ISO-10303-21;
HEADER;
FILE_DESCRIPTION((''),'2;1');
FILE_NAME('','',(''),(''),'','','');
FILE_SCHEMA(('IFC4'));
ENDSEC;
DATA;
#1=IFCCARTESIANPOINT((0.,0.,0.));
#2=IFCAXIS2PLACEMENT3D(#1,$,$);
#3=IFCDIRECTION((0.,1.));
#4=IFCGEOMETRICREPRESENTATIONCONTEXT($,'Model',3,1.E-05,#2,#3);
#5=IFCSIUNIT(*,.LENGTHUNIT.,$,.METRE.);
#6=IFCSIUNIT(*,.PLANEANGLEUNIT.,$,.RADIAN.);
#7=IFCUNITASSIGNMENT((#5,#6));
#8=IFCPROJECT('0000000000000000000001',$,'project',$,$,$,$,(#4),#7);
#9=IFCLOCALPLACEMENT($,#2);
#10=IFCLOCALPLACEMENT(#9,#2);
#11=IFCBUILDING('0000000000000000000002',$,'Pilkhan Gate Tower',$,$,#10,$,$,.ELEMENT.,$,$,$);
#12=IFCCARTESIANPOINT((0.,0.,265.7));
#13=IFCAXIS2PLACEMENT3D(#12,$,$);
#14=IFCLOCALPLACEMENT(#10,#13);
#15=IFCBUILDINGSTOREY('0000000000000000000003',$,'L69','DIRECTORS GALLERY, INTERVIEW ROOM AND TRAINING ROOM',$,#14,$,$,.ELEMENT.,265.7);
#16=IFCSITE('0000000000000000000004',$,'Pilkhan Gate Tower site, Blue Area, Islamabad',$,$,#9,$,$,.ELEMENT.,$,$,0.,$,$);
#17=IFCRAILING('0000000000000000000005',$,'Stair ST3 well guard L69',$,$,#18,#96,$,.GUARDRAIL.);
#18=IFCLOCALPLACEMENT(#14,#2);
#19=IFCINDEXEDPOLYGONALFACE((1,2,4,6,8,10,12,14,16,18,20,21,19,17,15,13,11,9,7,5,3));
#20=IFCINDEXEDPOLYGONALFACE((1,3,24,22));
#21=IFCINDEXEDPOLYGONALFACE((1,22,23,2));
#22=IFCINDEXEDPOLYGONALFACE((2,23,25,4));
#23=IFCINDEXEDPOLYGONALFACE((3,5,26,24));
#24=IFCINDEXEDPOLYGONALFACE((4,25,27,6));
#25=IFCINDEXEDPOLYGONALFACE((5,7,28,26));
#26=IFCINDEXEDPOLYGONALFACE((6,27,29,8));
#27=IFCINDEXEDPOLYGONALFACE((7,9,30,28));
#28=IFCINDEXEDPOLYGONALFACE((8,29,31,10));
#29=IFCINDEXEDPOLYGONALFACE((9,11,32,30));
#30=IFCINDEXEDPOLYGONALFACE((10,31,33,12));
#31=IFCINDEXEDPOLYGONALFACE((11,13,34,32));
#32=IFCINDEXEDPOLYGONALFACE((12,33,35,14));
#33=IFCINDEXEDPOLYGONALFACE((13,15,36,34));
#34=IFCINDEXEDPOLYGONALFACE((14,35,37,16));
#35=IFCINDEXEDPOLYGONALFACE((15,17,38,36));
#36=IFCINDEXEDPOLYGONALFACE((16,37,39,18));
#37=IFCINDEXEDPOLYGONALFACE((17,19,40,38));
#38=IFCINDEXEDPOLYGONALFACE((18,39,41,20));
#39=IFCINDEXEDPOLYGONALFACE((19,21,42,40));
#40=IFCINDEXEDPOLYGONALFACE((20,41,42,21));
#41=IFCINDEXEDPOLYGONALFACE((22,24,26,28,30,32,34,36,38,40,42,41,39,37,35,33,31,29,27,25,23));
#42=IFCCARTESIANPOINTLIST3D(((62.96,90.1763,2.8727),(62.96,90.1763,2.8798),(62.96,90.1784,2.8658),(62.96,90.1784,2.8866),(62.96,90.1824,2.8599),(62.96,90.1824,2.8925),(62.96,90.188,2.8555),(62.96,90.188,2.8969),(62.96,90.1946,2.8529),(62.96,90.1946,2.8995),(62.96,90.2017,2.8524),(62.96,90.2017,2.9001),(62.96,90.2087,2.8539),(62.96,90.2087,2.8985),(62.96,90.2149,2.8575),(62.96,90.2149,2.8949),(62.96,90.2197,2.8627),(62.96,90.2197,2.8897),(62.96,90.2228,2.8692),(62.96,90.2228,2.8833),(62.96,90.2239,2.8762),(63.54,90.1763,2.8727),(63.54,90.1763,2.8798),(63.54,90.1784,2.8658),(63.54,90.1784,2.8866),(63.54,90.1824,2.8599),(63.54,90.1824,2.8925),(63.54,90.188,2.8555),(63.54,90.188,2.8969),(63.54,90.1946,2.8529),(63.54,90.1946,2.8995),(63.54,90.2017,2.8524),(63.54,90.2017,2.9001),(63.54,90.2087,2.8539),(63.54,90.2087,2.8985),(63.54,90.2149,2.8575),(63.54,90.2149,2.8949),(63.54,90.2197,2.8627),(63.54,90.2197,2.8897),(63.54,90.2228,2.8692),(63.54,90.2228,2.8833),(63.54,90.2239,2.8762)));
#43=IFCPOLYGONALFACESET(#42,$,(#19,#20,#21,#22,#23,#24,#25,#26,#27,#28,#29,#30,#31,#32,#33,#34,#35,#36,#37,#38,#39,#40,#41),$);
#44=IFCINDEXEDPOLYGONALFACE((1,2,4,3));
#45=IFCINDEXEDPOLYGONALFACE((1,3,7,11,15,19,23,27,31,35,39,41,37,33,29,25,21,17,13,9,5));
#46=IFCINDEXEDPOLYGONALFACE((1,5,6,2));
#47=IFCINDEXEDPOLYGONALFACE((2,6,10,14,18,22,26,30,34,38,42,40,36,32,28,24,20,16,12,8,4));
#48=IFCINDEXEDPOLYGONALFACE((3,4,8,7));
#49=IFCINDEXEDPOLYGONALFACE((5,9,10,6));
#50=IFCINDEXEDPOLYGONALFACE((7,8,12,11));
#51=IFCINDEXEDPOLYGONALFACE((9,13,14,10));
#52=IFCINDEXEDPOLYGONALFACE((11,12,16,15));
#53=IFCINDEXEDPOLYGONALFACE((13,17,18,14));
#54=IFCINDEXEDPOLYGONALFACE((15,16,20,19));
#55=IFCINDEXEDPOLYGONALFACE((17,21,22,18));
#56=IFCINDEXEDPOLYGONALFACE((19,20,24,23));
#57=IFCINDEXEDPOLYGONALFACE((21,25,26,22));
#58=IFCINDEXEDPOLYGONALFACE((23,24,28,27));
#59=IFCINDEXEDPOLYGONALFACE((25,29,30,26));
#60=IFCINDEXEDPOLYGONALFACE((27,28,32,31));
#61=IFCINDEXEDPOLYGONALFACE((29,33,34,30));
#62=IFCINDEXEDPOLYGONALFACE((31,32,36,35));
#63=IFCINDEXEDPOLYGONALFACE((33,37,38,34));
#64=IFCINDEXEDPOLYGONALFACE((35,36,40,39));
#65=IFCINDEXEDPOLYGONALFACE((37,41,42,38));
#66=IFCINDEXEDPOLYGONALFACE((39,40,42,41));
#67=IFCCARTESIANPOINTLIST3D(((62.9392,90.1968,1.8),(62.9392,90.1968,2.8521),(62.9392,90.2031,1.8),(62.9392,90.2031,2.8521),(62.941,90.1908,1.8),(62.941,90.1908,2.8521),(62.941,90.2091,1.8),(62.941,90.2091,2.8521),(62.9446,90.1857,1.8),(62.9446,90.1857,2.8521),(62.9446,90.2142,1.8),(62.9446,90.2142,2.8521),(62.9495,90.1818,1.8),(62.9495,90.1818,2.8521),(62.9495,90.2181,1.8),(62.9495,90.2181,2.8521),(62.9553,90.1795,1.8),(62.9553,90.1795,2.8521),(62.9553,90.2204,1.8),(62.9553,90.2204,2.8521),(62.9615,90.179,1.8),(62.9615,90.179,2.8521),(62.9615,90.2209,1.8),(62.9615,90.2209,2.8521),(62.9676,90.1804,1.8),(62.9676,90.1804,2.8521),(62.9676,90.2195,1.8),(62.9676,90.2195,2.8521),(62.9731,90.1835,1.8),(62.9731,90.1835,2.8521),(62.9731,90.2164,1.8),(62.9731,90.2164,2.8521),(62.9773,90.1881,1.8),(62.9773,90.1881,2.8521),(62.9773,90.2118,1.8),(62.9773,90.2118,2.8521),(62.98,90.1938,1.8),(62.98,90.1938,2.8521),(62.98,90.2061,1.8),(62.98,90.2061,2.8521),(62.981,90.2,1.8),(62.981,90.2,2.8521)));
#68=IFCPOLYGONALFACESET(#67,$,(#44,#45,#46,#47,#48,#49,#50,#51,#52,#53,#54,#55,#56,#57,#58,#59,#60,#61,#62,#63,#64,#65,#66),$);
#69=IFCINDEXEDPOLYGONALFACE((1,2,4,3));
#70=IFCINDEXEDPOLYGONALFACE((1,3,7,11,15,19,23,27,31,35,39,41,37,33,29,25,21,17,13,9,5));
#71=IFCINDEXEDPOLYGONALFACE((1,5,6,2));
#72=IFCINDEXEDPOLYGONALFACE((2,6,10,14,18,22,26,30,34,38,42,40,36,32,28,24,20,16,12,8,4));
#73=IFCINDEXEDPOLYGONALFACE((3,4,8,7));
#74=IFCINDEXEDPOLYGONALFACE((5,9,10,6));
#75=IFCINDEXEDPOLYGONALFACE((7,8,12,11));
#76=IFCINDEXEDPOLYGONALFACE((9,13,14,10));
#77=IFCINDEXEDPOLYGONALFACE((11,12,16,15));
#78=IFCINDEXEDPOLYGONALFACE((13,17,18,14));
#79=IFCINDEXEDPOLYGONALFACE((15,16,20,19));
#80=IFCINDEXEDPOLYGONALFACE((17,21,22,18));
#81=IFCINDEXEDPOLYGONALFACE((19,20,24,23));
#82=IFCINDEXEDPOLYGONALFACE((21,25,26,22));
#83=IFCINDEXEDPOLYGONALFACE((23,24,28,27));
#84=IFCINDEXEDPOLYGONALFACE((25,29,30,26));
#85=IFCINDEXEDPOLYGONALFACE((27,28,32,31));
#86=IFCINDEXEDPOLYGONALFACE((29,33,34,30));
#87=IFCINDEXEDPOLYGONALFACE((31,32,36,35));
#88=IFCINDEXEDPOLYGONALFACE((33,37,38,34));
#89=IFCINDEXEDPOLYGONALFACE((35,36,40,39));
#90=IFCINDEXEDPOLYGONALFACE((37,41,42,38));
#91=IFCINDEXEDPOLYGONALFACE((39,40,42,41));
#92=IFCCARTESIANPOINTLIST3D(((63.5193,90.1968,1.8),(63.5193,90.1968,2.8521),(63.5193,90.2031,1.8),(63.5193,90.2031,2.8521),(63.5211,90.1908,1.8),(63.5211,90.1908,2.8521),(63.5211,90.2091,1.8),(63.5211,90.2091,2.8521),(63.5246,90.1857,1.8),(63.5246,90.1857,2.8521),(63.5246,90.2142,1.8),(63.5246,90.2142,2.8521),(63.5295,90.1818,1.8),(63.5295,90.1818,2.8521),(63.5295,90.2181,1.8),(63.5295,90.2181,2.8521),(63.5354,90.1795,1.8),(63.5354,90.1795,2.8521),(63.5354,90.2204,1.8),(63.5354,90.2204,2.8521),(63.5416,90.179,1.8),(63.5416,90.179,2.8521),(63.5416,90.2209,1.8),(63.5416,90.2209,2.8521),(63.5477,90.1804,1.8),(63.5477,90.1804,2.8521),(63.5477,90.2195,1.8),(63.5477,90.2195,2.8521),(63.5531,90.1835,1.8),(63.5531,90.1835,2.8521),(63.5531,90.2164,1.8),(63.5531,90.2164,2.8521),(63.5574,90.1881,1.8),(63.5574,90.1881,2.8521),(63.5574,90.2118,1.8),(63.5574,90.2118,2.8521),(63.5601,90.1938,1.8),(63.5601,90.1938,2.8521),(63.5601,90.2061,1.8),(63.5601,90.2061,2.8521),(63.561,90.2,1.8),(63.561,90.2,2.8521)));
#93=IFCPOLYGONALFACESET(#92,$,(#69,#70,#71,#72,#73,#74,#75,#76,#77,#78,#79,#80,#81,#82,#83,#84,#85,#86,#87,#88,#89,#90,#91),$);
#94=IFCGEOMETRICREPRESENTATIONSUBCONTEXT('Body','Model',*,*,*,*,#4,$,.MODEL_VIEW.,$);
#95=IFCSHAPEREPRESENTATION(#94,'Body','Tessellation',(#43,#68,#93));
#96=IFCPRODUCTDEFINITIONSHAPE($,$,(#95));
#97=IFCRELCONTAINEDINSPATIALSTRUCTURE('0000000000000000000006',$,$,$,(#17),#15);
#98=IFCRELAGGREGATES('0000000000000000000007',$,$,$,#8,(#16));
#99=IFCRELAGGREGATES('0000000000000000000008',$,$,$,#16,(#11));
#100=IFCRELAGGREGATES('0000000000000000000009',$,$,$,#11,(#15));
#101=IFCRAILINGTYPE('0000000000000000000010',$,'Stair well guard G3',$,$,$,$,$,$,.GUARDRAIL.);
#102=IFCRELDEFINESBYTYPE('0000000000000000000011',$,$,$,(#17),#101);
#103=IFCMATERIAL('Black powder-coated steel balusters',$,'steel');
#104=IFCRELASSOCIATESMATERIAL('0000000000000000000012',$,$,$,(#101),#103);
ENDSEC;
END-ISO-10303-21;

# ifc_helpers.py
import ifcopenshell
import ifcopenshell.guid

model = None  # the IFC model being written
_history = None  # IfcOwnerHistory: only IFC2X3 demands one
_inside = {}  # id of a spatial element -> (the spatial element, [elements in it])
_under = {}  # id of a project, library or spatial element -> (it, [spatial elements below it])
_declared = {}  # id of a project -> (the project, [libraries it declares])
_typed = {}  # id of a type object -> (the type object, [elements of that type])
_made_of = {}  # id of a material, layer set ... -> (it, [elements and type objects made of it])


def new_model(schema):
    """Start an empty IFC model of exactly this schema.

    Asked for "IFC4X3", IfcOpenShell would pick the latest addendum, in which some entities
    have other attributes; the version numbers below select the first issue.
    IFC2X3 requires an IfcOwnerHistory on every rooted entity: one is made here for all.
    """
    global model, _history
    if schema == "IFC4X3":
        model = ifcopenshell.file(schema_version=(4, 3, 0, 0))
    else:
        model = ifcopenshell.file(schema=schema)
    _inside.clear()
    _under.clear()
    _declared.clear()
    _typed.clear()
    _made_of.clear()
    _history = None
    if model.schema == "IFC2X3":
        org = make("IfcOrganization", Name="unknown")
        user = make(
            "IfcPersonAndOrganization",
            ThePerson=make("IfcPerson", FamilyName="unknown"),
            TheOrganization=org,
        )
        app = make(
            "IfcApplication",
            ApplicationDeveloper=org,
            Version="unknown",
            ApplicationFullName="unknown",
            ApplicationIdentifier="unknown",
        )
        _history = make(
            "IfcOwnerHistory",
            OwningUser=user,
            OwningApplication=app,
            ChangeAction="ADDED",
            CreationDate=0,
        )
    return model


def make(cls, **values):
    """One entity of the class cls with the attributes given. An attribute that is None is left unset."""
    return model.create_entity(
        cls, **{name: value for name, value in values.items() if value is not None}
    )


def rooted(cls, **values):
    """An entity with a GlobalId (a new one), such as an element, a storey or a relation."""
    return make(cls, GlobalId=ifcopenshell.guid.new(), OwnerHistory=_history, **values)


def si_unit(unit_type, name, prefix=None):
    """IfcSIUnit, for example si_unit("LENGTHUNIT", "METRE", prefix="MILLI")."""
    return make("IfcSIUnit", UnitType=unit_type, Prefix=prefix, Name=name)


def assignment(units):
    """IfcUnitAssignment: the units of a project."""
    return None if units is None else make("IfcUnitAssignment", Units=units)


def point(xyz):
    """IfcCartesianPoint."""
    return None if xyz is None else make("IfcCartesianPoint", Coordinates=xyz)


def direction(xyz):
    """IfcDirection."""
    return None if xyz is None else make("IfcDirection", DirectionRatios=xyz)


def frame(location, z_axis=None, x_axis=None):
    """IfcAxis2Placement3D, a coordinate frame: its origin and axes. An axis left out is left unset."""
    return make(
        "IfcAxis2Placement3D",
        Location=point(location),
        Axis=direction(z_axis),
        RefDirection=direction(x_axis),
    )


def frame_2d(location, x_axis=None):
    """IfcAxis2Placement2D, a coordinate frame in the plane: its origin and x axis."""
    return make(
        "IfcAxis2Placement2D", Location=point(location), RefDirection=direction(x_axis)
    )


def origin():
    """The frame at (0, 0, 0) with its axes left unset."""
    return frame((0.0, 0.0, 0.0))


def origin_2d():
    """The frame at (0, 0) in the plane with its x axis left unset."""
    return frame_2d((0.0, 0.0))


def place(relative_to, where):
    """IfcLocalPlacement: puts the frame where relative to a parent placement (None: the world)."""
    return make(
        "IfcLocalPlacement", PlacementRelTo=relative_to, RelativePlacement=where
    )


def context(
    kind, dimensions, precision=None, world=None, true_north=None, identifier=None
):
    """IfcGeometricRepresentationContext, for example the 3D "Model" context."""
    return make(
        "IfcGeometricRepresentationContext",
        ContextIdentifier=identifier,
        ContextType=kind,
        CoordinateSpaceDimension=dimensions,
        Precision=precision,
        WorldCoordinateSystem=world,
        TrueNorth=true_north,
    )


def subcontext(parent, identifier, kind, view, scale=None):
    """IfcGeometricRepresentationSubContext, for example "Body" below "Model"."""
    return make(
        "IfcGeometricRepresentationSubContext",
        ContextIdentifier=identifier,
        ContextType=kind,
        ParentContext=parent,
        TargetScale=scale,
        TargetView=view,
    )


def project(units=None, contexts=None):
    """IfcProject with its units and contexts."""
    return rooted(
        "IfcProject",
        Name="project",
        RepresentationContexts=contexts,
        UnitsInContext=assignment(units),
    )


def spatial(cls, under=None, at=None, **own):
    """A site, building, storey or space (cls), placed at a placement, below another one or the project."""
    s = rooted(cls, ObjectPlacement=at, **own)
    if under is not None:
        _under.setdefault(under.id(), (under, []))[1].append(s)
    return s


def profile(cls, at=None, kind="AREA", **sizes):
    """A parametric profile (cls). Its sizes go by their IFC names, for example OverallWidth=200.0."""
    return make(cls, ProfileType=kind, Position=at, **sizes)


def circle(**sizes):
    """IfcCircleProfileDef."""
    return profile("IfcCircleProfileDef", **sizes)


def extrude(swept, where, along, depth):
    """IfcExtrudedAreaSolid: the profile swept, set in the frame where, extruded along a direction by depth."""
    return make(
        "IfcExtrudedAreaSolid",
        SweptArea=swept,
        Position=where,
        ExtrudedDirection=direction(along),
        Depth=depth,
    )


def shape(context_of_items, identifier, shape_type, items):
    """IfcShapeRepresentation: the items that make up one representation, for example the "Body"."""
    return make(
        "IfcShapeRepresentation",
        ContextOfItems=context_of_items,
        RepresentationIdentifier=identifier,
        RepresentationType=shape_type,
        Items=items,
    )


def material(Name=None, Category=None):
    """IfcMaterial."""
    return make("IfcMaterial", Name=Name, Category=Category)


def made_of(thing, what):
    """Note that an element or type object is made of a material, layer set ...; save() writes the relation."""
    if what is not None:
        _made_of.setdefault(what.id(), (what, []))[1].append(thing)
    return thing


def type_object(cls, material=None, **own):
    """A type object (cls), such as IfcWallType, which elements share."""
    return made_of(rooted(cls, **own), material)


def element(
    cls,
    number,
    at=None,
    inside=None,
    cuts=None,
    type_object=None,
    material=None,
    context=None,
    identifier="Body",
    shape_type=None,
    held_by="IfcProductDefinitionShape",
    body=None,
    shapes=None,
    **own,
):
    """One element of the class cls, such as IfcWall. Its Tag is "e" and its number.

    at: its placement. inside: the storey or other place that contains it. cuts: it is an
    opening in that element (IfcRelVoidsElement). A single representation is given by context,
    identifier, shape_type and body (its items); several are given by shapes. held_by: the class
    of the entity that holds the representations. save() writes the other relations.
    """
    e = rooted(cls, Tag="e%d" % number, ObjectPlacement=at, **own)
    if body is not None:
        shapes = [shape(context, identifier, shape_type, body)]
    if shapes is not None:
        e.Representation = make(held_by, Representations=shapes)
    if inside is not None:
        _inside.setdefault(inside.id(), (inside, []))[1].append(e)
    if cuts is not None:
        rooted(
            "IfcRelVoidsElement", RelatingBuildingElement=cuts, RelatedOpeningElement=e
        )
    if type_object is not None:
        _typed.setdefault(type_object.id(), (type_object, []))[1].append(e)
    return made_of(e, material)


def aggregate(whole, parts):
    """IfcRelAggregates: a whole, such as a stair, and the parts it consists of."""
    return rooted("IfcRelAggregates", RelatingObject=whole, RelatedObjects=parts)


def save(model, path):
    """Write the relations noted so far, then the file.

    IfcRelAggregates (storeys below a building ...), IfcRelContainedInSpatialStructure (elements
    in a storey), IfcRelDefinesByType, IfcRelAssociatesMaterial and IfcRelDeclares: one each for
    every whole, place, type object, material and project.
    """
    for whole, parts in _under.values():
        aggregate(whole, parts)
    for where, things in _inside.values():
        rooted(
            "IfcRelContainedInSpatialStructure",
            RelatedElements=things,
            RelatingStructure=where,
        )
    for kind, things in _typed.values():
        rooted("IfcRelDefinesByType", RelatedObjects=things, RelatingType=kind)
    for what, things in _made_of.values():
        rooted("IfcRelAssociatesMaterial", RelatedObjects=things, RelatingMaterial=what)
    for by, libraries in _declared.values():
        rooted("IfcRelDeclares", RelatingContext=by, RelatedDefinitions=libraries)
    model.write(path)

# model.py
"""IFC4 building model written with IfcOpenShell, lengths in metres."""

from ifc_helpers import new_model, si_unit, direction, frame, origin, origin_2d, place, context, subcontext, project, spatial, circle, extrude, material, type_object, element, save


model = new_model("IFC4")

# Units and contexts
model_context = context("Model", 3, precision=1e-05, world=origin(), true_north=direction((0.0, 1.0)))
body_context = subcontext(model_context, "Body", "Model", "MODEL_VIEW")
ifc_project = project(units=[si_unit("LENGTHUNIT", "METRE"), si_unit("PLANEANGLEUNIT", "RADIAN")], contexts=[model_context])

# Site, building, storey
site_placement = place(None, origin())
site = spatial("IfcSite", under=ifc_project, at=site_placement, Name="Pilkhan Gate Tower site, Blue Area, Islamabad", CompositionType="ELEMENT", RefElevation=0.0)
building_placement = place(site_placement, origin())
building = spatial("IfcBuilding", under=site, at=building_placement, Name="Pilkhan Gate Tower", CompositionType="ELEMENT")
storey_placement = place(building_placement, frame((0.0, 0.0, 265.7)))
storey = spatial("IfcBuildingStorey", under=building, at=storey_placement, Name="L69", Description="DIRECTORS GALLERY, INTERVIEW ROOM AND TRAINING ROOM", CompositionType="ELEMENT", Elevation=265.7)

# Railing
ifc_material_1 = material(Name="Black powder-coated steel balusters", Category="steel")
railing_type_1 = type_object("IfcRailingType", Name="Stair well guard G3", PredefinedType="GUARDRAIL", material=ifc_material_1)
for number, where, name in (
    (1, (62.96, 90.2, 1.8), "Stair ST3 well guard L69"),
):
    element("IfcRailing", number, at=place(storey_placement, frame(where)), inside=storey, type_object=railing_type_1, Name=name, PredefinedType="GUARDRAIL", context=body_context, shape_type="SweptSolid", body=[
        extrude(circle(Radius=0.0239, at=origin_2d()), frame((0.0, 0.0, 1.0762), z_axis=(1.0, 0.0, 0.0), x_axis=(0.0, 1.0, 0.0)), (0.0, 0.0, 1.0), 0.5801),
        extrude(circle(Radius=0.021, at=origin_2d()), origin(), (0.0, 0.0, 1.0), 1.052),
        extrude(circle(Radius=0.021, at=origin_2d()), frame((0.5801, 0.0, 0.0)), (0.0, 0.0, 1.0), 1.052),
    ])

save(model, "model.ifc")
